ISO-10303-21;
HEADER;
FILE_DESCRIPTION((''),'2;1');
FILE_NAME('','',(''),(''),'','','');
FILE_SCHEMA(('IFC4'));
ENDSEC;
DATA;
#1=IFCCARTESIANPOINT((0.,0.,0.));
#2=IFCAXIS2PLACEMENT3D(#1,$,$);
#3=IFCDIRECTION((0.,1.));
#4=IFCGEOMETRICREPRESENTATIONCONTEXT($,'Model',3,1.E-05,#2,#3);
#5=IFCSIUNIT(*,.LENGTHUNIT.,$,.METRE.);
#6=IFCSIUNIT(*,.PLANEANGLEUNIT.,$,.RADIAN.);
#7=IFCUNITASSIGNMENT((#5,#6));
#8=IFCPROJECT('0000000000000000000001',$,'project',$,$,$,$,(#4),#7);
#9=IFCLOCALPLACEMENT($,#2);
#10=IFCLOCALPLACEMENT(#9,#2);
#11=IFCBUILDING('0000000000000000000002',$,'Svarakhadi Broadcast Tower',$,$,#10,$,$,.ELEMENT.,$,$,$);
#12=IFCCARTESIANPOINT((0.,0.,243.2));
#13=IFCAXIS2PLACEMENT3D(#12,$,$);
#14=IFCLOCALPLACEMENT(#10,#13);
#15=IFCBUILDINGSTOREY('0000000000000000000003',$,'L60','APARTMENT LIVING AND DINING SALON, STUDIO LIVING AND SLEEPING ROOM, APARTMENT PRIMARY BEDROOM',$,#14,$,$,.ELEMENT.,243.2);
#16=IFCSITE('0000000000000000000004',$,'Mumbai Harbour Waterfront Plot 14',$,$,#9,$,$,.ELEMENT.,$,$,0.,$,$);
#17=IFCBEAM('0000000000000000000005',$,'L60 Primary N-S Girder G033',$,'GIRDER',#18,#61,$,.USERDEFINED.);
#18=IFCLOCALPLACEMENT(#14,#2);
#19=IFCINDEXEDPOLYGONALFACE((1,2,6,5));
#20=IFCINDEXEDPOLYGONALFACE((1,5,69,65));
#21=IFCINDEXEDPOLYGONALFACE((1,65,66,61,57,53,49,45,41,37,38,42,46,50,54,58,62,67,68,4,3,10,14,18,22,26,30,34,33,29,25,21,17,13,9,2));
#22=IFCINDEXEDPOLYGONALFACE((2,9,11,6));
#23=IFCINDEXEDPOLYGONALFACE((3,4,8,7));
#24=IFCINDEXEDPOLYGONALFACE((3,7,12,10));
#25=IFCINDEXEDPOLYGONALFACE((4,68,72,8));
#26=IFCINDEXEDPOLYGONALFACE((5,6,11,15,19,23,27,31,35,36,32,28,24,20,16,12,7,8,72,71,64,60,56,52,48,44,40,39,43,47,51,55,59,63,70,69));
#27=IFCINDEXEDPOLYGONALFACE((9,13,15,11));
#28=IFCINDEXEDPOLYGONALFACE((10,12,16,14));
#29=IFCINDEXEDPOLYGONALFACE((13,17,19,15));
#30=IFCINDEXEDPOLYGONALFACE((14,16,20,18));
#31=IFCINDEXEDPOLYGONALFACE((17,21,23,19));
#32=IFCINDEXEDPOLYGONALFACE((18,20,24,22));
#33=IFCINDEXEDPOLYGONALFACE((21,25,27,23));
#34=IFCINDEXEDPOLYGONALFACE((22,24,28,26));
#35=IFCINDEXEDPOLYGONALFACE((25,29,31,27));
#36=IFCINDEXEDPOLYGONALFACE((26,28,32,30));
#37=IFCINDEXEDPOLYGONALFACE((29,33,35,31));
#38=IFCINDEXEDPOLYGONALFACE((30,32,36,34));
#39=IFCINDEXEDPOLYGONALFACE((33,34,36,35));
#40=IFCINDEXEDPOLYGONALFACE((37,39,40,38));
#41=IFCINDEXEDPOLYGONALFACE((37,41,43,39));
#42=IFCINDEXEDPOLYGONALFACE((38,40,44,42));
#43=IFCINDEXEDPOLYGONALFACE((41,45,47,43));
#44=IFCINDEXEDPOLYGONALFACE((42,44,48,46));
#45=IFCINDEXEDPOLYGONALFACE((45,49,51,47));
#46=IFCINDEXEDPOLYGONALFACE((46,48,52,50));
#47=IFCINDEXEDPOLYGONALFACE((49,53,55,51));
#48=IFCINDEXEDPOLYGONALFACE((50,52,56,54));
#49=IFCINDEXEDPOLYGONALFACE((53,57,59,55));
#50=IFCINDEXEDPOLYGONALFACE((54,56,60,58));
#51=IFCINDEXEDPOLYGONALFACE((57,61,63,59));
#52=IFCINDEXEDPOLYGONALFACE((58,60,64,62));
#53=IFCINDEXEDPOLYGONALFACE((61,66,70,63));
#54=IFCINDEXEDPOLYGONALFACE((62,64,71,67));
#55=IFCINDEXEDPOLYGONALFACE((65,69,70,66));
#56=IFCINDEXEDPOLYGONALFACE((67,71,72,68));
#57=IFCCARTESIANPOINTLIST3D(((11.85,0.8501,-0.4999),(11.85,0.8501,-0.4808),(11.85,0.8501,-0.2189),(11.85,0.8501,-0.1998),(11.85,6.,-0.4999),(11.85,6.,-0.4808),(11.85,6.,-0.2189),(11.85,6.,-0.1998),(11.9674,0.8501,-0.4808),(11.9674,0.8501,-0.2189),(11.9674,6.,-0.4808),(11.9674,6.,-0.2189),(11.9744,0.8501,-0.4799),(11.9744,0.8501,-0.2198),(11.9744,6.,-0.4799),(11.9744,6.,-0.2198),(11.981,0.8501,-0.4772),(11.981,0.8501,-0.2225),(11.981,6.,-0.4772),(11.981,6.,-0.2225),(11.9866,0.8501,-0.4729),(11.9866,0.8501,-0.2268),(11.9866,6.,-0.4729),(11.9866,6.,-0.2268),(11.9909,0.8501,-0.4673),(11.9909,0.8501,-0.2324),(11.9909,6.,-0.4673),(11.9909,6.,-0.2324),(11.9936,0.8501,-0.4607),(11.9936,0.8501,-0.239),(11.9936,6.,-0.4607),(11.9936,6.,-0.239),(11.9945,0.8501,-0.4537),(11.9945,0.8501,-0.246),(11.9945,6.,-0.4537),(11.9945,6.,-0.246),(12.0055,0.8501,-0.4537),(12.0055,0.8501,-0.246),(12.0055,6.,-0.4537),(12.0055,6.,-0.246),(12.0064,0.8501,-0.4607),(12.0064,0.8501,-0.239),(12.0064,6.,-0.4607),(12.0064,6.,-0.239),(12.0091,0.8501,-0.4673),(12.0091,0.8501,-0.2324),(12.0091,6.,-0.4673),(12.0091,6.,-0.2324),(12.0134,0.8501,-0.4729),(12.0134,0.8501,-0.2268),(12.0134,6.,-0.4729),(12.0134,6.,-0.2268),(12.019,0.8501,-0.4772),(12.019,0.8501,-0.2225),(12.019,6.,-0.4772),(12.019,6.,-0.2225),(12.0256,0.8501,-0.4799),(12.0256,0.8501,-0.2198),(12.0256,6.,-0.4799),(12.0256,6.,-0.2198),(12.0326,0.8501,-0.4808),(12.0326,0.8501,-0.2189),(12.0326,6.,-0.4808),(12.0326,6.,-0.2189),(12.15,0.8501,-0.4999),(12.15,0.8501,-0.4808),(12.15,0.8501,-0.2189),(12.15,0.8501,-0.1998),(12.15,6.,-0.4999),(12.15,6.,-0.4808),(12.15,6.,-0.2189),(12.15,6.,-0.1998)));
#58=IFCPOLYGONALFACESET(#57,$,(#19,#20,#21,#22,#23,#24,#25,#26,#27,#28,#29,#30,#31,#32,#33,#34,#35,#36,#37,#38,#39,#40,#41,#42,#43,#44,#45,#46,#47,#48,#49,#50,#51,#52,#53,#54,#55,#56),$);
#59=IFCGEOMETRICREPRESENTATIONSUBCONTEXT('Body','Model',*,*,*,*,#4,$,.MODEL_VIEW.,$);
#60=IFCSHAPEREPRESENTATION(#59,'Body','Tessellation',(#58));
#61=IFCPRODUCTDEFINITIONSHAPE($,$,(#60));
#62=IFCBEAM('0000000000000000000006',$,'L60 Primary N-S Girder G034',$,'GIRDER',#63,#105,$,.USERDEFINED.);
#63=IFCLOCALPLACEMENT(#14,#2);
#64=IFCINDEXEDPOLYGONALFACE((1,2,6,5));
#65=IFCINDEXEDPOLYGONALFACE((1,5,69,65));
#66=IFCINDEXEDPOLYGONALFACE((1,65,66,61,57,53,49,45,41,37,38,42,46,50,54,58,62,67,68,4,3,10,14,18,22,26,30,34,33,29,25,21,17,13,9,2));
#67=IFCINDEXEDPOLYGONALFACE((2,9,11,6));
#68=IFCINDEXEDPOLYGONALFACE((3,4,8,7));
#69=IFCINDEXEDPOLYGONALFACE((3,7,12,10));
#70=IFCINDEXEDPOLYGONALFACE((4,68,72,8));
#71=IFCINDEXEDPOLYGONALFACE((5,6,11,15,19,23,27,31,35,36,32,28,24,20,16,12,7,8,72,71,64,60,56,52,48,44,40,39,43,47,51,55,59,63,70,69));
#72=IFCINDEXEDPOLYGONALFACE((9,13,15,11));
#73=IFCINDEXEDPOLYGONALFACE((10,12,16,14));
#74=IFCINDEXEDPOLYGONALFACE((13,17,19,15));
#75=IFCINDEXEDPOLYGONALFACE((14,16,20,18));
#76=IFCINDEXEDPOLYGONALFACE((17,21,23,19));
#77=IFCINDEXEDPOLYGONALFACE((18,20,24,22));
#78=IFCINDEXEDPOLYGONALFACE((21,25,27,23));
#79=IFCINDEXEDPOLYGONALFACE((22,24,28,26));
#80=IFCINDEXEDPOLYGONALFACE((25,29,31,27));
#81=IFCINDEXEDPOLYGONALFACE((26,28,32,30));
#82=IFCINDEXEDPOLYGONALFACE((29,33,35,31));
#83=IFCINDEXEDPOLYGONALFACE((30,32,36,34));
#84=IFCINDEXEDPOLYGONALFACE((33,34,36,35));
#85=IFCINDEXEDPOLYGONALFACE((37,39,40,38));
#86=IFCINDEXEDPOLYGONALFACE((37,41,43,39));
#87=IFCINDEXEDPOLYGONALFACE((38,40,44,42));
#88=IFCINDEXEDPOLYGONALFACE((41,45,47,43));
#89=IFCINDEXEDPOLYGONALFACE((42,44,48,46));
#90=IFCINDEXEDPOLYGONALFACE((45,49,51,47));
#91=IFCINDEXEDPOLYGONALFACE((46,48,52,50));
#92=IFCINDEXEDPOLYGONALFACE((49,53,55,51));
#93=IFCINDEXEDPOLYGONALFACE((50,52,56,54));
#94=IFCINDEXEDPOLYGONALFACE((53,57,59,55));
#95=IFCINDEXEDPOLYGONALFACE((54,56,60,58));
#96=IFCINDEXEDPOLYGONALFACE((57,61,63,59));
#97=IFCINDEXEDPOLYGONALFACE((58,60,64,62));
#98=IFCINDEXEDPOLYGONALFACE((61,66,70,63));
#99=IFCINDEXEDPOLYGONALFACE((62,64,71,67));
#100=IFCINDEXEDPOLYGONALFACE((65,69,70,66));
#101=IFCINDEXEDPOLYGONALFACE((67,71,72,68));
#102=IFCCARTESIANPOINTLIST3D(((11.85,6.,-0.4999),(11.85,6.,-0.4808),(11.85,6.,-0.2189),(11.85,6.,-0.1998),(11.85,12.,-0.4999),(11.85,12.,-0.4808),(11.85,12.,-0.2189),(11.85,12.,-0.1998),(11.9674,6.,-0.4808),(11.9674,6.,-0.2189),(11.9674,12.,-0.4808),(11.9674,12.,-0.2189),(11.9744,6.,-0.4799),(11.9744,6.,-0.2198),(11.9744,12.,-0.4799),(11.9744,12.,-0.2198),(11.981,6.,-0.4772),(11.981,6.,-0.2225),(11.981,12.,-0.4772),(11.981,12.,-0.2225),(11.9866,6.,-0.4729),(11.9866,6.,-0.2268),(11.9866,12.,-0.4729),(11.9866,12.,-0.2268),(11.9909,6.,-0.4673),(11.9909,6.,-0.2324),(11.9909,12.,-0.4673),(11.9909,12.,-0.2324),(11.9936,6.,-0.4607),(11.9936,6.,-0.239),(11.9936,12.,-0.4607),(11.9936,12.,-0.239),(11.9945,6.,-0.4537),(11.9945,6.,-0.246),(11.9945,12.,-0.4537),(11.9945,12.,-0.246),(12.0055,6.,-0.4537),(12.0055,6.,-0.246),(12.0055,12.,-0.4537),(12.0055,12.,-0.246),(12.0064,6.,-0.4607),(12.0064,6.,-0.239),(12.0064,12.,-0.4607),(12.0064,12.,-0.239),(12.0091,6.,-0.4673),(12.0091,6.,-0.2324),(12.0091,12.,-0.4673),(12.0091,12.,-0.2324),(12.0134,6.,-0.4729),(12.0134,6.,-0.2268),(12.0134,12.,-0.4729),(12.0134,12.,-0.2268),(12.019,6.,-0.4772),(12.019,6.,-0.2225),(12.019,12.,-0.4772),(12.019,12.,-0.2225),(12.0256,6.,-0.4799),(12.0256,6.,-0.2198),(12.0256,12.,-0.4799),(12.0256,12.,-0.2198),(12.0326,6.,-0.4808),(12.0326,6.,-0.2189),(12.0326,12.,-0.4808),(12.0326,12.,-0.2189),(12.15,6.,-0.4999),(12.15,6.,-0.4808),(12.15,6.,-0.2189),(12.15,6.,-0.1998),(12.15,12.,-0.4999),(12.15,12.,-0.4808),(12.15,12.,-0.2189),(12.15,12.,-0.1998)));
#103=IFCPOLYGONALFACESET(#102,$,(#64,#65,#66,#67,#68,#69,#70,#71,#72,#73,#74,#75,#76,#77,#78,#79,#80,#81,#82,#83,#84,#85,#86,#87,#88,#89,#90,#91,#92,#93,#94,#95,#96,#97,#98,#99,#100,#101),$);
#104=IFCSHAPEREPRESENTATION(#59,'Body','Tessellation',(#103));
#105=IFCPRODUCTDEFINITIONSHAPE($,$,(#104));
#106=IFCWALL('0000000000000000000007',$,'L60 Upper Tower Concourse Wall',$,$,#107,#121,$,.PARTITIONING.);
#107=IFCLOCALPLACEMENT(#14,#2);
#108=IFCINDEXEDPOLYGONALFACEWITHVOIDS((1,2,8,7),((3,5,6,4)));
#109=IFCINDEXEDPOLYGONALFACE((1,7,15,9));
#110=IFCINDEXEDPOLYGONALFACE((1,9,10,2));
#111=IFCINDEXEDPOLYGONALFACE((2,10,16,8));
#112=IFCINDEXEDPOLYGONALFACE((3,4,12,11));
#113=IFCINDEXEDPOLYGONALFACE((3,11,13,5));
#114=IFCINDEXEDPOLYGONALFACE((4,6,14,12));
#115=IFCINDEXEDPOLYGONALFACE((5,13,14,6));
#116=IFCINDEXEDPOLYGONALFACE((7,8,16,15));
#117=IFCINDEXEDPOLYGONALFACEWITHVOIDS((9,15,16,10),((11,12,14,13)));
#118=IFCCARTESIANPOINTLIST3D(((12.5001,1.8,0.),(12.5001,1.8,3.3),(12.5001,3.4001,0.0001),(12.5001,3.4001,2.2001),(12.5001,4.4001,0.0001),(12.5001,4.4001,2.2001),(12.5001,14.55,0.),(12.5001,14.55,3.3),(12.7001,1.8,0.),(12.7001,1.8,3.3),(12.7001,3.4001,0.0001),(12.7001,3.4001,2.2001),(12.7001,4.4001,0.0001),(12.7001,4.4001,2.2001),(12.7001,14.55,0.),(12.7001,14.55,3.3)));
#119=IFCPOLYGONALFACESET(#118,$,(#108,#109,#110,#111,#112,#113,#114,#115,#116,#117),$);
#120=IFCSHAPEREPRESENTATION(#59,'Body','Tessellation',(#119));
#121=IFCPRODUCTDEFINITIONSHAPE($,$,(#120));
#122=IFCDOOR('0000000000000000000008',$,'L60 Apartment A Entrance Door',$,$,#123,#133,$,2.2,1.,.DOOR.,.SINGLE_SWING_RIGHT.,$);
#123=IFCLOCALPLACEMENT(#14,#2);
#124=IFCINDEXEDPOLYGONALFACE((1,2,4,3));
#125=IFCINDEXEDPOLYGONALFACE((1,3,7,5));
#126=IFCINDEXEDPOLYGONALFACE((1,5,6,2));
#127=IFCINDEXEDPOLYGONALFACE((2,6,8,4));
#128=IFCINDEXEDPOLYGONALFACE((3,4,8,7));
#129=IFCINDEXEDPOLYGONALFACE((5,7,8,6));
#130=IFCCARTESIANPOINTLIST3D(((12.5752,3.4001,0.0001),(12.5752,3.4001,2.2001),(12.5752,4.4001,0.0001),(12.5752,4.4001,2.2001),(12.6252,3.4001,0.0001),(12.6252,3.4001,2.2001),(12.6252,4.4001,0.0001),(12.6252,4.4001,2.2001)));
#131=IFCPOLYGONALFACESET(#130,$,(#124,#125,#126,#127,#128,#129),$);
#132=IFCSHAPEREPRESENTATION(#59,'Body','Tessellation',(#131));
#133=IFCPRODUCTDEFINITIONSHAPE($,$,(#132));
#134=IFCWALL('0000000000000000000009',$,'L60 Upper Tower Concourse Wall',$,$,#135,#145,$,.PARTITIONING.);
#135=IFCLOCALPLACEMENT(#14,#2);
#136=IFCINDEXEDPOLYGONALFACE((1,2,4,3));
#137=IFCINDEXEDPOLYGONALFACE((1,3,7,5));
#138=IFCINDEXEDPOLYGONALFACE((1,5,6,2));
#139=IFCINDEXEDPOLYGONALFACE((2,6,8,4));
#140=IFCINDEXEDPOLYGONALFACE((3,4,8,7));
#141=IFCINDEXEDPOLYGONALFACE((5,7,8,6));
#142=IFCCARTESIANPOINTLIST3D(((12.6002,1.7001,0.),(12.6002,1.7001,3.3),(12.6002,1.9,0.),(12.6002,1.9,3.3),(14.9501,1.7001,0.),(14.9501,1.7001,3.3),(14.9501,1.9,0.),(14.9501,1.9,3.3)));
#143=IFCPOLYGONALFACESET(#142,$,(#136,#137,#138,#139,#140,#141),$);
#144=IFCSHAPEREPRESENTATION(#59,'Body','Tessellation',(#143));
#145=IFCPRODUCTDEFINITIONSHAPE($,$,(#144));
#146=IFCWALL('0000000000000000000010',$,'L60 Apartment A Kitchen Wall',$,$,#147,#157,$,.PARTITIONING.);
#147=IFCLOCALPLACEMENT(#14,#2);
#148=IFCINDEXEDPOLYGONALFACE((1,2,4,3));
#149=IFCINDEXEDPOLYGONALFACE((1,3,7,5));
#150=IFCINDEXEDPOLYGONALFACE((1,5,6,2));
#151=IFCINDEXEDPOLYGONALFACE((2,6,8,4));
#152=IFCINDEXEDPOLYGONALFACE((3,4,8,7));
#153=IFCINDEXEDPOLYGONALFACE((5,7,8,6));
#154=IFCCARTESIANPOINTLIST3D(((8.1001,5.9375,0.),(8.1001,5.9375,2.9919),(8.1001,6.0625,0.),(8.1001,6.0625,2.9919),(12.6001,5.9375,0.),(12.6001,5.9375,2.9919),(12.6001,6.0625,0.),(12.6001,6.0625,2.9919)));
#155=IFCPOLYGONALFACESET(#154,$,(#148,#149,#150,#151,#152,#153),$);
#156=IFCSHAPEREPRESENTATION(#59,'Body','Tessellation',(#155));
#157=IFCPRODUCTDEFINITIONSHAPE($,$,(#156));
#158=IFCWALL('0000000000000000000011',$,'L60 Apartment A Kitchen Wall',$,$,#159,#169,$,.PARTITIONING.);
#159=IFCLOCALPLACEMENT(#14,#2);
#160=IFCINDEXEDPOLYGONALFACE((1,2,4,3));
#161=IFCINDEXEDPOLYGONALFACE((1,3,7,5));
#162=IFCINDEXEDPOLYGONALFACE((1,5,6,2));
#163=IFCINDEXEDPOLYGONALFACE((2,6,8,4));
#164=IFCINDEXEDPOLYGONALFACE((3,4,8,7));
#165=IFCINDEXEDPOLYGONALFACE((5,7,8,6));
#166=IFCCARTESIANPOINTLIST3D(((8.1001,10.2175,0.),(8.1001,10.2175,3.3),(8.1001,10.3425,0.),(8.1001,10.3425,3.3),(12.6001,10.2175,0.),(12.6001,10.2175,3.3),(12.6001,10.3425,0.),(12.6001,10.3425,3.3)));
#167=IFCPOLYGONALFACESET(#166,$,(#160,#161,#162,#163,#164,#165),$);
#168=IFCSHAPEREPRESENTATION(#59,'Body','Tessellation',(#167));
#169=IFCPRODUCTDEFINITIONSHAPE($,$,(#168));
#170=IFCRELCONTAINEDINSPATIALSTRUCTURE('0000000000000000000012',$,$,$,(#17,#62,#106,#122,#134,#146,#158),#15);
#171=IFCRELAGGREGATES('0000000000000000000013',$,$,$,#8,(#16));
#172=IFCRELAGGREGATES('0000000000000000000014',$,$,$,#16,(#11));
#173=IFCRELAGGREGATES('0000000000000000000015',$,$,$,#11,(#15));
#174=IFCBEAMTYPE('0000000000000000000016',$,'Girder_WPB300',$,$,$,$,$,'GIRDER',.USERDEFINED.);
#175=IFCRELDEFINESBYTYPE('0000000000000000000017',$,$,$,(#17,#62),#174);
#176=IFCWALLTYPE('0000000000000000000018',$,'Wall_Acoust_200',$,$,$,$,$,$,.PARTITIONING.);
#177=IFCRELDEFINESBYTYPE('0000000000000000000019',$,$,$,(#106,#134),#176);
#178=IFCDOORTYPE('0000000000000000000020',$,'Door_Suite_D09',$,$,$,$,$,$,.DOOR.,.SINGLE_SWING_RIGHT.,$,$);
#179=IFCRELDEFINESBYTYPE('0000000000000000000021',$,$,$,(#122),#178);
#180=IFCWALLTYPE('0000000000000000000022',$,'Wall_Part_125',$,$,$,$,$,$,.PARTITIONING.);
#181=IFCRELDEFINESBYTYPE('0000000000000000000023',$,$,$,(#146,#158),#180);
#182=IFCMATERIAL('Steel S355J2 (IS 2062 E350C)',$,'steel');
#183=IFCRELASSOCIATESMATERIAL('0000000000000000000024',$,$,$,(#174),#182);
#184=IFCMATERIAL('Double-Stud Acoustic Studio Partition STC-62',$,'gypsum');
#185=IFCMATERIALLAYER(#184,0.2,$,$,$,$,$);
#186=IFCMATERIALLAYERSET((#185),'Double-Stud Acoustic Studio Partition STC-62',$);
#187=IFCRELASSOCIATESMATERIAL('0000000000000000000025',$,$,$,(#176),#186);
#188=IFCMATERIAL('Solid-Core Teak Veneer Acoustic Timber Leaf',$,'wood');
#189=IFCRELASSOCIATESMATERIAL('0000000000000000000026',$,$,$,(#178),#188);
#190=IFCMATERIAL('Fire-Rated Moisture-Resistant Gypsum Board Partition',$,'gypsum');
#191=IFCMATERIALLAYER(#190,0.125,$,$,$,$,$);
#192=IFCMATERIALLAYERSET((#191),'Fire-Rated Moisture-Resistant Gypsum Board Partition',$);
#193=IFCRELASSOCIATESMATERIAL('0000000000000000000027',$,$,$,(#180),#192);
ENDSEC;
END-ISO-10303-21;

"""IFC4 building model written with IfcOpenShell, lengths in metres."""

from ifc_helpers import new_model, si_unit, direction, frame, frame_2d, origin, origin_2d, place, context, subcontext, project, spatial, rectangle, i_section, extrude, material, layer, layer_set, material_profile, profile_set, type_object, element, fill, save


model = new_model("IFC4")

# Units and contexts
model_context = context("Model", 3, precision=1e-05, world=origin(), true_north=direction((0.0, 1.0)))
body_context = subcontext(model_context, "Body", "Model", "MODEL_VIEW")
ifc_project = project(units=[si_unit("LENGTHUNIT", "METRE"), si_unit("PLANEANGLEUNIT", "RADIAN")], contexts=[model_context])

# Site, building, storey
site_placement = place(None, origin())
site = spatial("IfcSite", under=ifc_project, at=site_placement, Name="Mumbai Harbour Waterfront Plot 14", CompositionType="ELEMENT", RefElevation=0.0)
building_placement = place(site_placement, origin())
building = spatial("IfcBuilding", under=site, at=building_placement, Name="Svarakhadi Broadcast Tower", CompositionType="ELEMENT")
storey_placement = place(building_placement, frame((0.0, 0.0, 243.2)))
storey = spatial("IfcBuildingStorey", under=building, at=storey_placement, Name="L60", Description="APARTMENT LIVING AND DINING SALON, STUDIO LIVING AND SLEEPING ROOM, APARTMENT PRIMARY BEDROOM", CompositionType="ELEMENT", Elevation=243.2)

# Beams
ifc_material_1 = material(Name="Steel S355J2 (IS 2062 E350C)", Category="steel")
ifc_material_profile_1 = material_profile(ifc_material_1, i_section(OverallWidth=0.3, OverallDepth=0.3, WebThickness=0.011, FlangeThickness=0.019, FilletRadius=0.0271, at=origin_2d()), Name="WPB 300x300x117")
ifc_profile_set_1 = profile_set([ifc_material_profile_1], Name="Steel S355J2 (IS 2062 E350C)")
beam_type_1 = type_object("IfcBeamType", Name="Girder_WPB300", ElementType="GIRDER", PredefinedType="USERDEFINED", material=ifc_profile_set_1)
beam_1_placement = place(storey_placement, frame((12.0, 0.8501, -0.3499), z_axis=(0.0, 1.0, 0.0), x_axis=(-1.0, 0.0, 0.0)))
element("IfcBeam", 1, at=beam_1_placement, inside=storey, type_object=beam_type_1, Name="L60 Primary N-S Girder G033", ObjectType="GIRDER", PredefinedType="USERDEFINED", context=body_context, shape_type="SweptSolid", body=[
    extrude(i_section(OverallWidth=0.3, OverallDepth=0.3, WebThickness=0.011, FlangeThickness=0.019, FilletRadius=0.0271, at=origin_2d()), origin(), (0.0, 0.0, 1.0), 5.1499),
])
beam_2_placement = place(storey_placement, frame((12.0, 6.0, -0.3499), z_axis=(0.0, 1.0, 0.0), x_axis=(-1.0, 0.0, 0.0)))
element("IfcBeam", 2, at=beam_2_placement, inside=storey, type_object=beam_type_1, Name="L60 Primary N-S Girder G034", ObjectType="GIRDER", PredefinedType="USERDEFINED", context=body_context, shape_type="SweptSolid", body=[
    extrude(i_section(OverallWidth=0.3, OverallDepth=0.3, WebThickness=0.011, FlangeThickness=0.019, FilletRadius=0.0271, at=origin_2d()), origin(), (0.0, 0.0, 1.0), 6.0),
])

# Wall, opening, door
ifc_material_2 = material(Name="Double-Stud Acoustic Studio Partition STC-62", Category="gypsum")
ifc_layer_1 = layer(ifc_material_2, 0.2)
ifc_layer_set_1 = layer_set([ifc_layer_1], Name="Double-Stud Acoustic Studio Partition STC-62")
wall_type_1 = type_object("IfcWallType", Name="Wall_Acoust_200", PredefinedType="PARTITIONING", material=ifc_layer_set_1)
wall_1_placement = place(storey_placement, frame((12.6001, 1.8, 0.0), z_axis=(0.0, 0.0, 1.0), x_axis=(0.0, 1.0, 0.0)))
wall_1 = element("IfcWall", 3, at=wall_1_placement, inside=storey, type_object=wall_type_1, Name="L60 Upper Tower Concourse Wall", PredefinedType="PARTITIONING", context=body_context, shape_type="SweptSolid", body=[
    extrude(rectangle(XDim=12.75, YDim=0.2, at=frame_2d((6.375, 0.0))), origin(), (0.0, 0.0, 1.0), 3.3),
])
opening_1_placement = place(wall_1_placement, frame((1.6001, 0.0, 0.0)))
opening_1 = element("IfcOpeningElement", 4, at=opening_1_placement, cuts=wall_1, PredefinedType="OPENING", context=body_context, shape_type="SweptSolid", body=[
    extrude(rectangle(XDim=1.0, YDim=2.2, at=frame_2d((0.5, 1.1001))), frame((0.0, 0.1099, 0.0), z_axis=(0.0, -1.0, 0.0), x_axis=(1.0, 0.0, 0.0)), (0.0, 0.0, 1.0), 0.22),
])
ifc_material_3 = material(Name="Solid-Core Teak Veneer Acoustic Timber Leaf", Category="wood")
door_type_1 = type_object("IfcDoorType", Name="Door_Suite_D09", OperationType="SINGLE_SWING_RIGHT", PredefinedType="DOOR", material=ifc_material_3)
door_1_placement = place(opening_1_placement, origin())
door_1 = element("IfcDoor", 5, at=door_1_placement, inside=storey, type_object=door_type_1, Name="L60 Apartment A Entrance Door", OperationType="SINGLE_SWING_RIGHT", OverallHeight=2.2, OverallWidth=1.0, PredefinedType="DOOR", context=body_context, shape_type="SweptSolid", body=[
    extrude(rectangle(XDim=1.0, YDim=2.2, at=frame_2d((0.5, 1.1001))), frame((0.0, 0.0249, 0.0), z_axis=(0.0, -1.0, 0.0), x_axis=(1.0, 0.0, 0.0)), (0.0, 0.0, 1.0), 0.05),
])
fill(opening_1, door_1)

# Walls
wall_2_placement = place(storey_placement, frame((14.95, 1.8, 0.0), z_axis=(0.0, 0.0, 1.0), x_axis=(-1.0, 0.0, 0.0)))
element("IfcWall", 6, at=wall_2_placement, inside=storey, type_object=wall_type_1, Name="L60 Upper Tower Concourse Wall", PredefinedType="PARTITIONING", context=body_context, shape_type="SweptSolid", body=[
    extrude(rectangle(XDim=2.3499, YDim=0.2, at=frame_2d((1.1748, 0.0))), origin(), (0.0, 0.0, 1.0), 3.3),
])
ifc_material_4 = material(Name="Fire-Rated Moisture-Resistant Gypsum Board Partition", Category="gypsum")
ifc_layer_2 = layer(ifc_material_4, 0.125)
ifc_layer_set_2 = layer_set([ifc_layer_2], Name="Fire-Rated Moisture-Resistant Gypsum Board Partition")
wall_type_2 = type_object("IfcWallType", Name="Wall_Part_125", PredefinedType="PARTITIONING", material=ifc_layer_set_2)
wall_3_placement = place(storey_placement, frame((8.1001, 6.0, 0.0), z_axis=(0.0, 0.0, 1.0), x_axis=(1.0, 0.0, 0.0)))
element("IfcWall", 7, at=wall_3_placement, inside=storey, type_object=wall_type_2, Name="L60 Apartment A Kitchen Wall", PredefinedType="PARTITIONING", context=body_context, shape_type="SweptSolid", body=[
    extrude(rectangle(XDim=4.5, YDim=0.125, at=frame_2d((2.25, 0.0))), origin(), (0.0, 0.0, 1.0), 2.9919),
])
wall_4_placement = place(storey_placement, frame((8.1001, 10.28, 0.0), z_axis=(0.0, 0.0, 1.0), x_axis=(1.0, 0.0, 0.0)))
element("IfcWall", 8, at=wall_4_placement, inside=storey, type_object=wall_type_2, Name="L60 Apartment A Kitchen Wall", PredefinedType="PARTITIONING", context=body_context, shape_type="SweptSolid", body=[
    extrude(rectangle(XDim=4.5, YDim=0.125, at=frame_2d((2.25, 0.0))), origin(), (0.0, 0.0, 1.0), 3.3),
])

save(model, "model.ifc")
